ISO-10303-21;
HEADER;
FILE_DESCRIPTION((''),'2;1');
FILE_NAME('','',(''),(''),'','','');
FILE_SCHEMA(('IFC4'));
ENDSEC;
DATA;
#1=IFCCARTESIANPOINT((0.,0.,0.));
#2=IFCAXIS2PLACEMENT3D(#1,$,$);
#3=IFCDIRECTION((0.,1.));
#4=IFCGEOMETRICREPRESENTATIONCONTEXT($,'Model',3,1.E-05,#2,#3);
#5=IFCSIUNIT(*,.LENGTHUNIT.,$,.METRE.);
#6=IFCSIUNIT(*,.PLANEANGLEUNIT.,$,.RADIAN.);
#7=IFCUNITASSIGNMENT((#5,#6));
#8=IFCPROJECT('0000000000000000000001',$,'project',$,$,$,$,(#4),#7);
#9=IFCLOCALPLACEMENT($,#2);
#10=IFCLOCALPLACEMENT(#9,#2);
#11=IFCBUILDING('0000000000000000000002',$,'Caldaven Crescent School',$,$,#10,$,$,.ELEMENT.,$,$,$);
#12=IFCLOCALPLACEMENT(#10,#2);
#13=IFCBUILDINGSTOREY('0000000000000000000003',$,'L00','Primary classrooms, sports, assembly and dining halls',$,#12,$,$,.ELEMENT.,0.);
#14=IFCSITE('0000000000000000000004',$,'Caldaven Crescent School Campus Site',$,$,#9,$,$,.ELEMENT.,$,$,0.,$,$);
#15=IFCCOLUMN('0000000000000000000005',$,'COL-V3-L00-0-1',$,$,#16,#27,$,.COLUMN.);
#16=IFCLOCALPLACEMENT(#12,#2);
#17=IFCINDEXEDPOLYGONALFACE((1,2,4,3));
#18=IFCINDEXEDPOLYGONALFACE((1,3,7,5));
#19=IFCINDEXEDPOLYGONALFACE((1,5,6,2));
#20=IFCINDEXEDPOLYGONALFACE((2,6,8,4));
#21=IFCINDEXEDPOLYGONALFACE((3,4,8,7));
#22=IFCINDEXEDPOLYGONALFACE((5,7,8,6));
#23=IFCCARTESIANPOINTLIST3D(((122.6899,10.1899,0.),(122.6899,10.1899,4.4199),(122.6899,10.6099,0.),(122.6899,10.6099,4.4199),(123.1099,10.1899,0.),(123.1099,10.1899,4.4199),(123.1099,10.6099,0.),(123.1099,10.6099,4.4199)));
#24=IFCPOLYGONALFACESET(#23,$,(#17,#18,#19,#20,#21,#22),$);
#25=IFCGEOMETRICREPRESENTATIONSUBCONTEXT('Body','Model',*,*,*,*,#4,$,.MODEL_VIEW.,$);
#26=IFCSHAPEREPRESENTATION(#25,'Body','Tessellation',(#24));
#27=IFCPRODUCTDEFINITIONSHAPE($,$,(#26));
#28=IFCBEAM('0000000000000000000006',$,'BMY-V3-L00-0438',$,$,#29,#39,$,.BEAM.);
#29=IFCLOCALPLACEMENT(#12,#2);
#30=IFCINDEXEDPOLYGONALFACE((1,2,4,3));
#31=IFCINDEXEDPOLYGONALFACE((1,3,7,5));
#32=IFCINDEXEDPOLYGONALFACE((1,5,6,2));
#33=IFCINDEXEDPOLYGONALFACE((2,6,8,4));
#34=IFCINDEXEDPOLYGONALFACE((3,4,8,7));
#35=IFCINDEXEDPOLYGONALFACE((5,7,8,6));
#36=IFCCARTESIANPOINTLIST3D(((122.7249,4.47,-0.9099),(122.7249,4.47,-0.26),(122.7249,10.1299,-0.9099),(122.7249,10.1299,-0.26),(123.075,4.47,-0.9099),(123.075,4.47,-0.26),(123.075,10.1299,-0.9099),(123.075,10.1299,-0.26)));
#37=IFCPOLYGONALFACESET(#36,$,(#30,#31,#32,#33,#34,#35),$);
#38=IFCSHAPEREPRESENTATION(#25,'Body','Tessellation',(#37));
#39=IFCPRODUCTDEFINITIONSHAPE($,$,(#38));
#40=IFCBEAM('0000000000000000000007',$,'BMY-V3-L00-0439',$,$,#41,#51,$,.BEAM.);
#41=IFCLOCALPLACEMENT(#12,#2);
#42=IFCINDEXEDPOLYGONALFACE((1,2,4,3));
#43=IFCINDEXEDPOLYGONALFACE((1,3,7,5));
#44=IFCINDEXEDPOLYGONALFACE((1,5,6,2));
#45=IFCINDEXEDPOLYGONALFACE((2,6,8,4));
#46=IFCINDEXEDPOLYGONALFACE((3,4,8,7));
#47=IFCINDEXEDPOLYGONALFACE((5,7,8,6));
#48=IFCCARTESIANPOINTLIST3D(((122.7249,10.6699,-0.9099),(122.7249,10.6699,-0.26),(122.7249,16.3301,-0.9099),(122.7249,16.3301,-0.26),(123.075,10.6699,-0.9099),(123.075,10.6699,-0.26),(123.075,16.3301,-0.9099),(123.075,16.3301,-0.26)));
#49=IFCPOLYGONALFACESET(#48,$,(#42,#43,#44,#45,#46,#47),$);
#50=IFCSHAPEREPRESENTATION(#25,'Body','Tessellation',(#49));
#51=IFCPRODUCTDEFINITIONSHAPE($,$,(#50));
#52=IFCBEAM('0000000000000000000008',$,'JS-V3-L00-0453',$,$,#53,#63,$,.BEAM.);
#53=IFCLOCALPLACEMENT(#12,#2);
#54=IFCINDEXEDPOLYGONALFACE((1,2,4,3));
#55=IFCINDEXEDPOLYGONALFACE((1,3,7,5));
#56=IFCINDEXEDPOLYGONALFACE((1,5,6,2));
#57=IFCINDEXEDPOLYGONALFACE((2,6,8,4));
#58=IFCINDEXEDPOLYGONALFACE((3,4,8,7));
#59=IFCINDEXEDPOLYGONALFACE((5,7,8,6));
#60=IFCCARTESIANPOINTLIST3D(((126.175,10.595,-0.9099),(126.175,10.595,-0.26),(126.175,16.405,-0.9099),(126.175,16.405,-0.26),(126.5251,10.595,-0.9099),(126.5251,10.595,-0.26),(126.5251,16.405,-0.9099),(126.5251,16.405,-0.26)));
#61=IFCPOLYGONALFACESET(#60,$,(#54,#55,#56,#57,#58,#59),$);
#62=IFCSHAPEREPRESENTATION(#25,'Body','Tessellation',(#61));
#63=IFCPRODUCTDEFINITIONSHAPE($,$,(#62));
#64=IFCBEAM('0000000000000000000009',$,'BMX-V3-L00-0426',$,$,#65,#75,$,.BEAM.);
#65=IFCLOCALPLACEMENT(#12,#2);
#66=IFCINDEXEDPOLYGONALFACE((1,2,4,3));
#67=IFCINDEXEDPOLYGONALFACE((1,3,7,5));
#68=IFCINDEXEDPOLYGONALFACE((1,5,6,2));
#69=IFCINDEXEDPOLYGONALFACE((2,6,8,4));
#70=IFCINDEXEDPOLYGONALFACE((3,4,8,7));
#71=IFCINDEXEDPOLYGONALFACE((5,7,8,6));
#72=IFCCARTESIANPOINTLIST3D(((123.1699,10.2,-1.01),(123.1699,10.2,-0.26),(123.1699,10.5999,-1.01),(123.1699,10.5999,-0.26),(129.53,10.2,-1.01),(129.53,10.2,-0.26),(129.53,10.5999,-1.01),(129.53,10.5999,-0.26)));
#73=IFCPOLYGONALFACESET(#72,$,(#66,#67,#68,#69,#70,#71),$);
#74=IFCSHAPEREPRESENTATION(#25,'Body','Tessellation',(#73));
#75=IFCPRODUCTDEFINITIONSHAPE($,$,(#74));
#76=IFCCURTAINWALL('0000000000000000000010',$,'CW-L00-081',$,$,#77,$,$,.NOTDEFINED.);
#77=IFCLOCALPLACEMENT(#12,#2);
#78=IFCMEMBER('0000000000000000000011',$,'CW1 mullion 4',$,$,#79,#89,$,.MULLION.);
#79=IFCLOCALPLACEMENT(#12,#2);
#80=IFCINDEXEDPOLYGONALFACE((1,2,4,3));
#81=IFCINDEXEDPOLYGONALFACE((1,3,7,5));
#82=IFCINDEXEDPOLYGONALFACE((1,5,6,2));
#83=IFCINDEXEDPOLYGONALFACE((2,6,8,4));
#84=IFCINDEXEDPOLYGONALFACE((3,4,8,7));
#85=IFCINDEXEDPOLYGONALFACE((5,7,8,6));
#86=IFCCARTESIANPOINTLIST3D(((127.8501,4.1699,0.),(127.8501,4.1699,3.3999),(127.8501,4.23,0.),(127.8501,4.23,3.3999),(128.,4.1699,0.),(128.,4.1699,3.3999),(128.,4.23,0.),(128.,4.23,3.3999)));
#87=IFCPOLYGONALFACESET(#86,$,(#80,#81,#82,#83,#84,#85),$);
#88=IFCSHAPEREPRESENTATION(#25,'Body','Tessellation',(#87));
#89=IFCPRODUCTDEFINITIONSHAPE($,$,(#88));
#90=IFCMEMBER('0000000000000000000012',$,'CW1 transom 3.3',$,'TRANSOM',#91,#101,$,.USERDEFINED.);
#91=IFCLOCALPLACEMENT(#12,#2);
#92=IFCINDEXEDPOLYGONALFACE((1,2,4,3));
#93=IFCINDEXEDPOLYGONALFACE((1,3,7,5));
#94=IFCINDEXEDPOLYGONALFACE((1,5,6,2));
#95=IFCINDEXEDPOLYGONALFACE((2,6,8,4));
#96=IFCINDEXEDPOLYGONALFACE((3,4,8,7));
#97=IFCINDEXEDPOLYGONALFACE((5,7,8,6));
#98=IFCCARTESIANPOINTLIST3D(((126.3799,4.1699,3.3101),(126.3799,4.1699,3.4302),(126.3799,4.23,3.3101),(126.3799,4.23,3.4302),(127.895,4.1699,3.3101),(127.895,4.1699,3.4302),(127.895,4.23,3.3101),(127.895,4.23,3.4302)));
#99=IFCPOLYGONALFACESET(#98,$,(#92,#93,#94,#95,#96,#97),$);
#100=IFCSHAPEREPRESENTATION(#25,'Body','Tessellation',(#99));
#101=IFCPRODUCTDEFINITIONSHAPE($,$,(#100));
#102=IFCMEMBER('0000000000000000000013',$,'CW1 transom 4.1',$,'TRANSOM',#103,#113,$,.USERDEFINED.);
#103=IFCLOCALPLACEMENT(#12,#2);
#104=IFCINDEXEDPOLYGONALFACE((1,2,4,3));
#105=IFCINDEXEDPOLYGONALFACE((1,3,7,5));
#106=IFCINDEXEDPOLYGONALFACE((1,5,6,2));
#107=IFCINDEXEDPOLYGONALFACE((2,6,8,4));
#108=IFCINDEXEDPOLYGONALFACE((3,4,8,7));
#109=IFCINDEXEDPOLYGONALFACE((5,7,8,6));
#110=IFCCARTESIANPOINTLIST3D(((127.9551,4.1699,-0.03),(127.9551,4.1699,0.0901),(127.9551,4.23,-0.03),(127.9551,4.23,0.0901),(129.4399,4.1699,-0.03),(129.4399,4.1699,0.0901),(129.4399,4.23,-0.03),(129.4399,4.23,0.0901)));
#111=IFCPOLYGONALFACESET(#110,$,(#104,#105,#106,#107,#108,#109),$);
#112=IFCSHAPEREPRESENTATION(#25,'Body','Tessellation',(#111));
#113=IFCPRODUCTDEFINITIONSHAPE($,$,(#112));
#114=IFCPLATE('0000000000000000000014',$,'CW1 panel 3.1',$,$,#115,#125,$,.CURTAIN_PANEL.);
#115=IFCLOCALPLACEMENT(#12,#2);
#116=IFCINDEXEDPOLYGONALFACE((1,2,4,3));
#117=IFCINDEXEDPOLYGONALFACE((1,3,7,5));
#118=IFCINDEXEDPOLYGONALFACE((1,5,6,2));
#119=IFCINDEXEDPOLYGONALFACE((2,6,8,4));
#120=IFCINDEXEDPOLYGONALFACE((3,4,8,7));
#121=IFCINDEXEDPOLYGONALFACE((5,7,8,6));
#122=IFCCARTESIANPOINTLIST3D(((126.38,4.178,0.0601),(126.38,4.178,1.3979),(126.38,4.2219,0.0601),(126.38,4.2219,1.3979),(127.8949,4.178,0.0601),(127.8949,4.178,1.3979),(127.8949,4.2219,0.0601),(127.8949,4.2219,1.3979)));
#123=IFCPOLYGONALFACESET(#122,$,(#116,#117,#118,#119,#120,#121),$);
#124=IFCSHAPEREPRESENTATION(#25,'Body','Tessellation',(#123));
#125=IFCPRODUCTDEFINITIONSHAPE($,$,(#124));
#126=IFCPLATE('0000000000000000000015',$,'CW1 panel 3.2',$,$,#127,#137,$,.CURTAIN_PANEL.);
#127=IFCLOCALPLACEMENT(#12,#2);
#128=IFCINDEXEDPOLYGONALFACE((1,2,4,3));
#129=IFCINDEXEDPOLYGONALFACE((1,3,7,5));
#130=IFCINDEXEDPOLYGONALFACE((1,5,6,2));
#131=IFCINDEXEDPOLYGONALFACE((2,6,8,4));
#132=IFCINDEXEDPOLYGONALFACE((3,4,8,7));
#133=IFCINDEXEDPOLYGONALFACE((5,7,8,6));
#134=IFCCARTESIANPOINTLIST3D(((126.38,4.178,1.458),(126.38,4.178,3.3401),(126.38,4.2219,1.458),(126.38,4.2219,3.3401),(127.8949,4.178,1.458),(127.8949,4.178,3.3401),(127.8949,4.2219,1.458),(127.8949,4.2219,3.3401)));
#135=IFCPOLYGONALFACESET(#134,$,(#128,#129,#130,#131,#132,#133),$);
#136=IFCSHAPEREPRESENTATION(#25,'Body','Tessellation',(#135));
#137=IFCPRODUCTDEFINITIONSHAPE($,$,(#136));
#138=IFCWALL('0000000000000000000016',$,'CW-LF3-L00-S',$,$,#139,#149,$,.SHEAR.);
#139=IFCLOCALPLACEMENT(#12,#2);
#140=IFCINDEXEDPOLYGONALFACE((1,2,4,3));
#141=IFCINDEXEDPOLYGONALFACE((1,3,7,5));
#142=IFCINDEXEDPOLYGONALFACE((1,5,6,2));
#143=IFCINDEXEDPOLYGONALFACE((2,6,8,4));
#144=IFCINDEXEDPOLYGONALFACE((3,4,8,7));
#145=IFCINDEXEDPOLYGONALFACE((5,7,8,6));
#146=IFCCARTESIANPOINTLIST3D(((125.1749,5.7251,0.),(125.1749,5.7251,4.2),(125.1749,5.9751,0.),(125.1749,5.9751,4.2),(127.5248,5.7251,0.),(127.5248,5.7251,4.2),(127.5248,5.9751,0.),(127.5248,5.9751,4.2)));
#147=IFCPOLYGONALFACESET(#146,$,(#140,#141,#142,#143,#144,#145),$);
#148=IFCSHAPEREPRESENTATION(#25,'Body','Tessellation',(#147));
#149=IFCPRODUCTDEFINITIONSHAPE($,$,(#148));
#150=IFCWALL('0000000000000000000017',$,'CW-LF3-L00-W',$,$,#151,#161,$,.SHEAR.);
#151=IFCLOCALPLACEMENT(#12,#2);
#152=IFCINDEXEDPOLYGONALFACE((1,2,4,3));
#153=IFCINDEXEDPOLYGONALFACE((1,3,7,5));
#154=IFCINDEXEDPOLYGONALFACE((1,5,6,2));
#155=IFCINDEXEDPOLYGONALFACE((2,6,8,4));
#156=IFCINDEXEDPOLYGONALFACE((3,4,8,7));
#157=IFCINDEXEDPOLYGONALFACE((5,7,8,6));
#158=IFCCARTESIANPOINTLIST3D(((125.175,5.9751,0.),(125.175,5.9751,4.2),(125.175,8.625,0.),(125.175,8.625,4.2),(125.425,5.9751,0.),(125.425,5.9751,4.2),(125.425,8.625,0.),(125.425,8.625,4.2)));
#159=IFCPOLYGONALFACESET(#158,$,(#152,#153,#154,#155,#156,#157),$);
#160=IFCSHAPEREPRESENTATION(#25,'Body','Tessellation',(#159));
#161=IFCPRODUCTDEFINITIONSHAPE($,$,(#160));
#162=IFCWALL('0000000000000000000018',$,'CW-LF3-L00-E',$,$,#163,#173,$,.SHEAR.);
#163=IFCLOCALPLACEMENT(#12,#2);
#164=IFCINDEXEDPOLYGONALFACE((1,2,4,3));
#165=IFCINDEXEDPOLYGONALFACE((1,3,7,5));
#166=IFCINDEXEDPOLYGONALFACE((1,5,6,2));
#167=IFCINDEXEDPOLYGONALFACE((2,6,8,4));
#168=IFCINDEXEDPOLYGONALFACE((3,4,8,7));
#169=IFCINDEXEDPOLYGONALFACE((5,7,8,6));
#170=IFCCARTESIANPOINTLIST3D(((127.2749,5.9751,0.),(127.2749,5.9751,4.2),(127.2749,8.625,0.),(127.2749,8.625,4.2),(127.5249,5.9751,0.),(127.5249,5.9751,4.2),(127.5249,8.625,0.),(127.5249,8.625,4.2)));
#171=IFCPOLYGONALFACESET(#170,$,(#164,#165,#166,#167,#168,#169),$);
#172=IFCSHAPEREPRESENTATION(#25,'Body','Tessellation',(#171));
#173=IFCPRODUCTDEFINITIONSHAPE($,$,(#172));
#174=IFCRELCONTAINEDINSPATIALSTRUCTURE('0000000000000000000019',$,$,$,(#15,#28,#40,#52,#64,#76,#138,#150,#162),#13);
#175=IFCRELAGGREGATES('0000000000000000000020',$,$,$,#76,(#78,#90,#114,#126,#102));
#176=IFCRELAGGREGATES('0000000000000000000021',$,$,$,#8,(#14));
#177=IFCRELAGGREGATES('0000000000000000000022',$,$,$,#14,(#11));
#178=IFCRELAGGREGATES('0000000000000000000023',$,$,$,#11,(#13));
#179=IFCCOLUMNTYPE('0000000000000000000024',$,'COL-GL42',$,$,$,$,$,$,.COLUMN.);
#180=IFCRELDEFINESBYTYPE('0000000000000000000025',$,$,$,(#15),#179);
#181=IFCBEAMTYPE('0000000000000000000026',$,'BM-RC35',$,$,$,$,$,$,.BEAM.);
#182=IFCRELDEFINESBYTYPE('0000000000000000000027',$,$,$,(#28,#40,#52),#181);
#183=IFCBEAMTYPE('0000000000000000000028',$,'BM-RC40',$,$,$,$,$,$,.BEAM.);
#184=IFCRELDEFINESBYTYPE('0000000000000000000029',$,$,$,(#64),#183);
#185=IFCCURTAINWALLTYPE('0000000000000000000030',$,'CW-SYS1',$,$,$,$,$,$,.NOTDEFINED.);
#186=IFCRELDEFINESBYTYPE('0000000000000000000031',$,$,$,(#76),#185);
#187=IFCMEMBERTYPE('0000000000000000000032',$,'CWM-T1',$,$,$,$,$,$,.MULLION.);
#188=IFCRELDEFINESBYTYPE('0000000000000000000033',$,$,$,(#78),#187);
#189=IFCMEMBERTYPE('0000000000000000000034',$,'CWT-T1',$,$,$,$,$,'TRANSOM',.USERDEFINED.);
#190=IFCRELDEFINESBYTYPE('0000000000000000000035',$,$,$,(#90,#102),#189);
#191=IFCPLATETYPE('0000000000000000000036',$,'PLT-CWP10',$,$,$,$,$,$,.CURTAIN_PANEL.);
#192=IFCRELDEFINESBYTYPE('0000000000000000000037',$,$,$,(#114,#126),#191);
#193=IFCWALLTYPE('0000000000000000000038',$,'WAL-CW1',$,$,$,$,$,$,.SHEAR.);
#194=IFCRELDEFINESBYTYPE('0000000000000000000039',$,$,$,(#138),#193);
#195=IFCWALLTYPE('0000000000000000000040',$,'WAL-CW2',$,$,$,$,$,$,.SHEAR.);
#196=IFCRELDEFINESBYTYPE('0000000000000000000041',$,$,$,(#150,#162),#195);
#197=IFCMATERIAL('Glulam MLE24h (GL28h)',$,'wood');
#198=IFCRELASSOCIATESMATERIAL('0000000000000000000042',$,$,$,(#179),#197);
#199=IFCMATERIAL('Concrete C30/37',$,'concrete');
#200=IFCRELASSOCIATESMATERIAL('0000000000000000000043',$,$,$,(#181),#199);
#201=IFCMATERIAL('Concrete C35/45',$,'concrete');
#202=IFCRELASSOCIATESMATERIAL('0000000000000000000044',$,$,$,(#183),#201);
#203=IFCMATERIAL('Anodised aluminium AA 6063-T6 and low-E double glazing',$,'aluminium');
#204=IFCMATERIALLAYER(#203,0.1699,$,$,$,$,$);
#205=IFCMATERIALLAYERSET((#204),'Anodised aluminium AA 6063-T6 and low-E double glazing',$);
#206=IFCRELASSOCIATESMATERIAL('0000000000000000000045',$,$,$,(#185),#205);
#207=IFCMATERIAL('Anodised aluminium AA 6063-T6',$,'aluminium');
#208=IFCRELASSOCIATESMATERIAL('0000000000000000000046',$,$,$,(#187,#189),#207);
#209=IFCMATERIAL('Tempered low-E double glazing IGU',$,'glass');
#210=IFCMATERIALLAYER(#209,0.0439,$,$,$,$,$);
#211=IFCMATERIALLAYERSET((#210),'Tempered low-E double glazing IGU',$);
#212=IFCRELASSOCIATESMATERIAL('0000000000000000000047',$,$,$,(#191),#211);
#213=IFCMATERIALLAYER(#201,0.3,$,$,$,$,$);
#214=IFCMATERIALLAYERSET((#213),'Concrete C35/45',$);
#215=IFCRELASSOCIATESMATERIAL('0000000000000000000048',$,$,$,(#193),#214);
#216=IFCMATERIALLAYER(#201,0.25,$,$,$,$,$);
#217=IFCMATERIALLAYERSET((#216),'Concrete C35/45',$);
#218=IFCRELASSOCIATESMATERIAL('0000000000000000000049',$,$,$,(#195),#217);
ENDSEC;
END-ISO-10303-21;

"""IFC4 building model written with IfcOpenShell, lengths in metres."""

from ifc_helpers import new_model, si_unit, direction, frame, frame_2d, origin, origin_2d, place, context, subcontext, project, spatial, rectangle, extrude, material, layer, layer_set, material_profile, profile_set, type_object, element, aggregate, save


model = new_model("IFC4")

# Units and contexts
model_context = context("Model", 3, precision=1e-05, world=origin(), true_north=direction((0.0, 1.0)))
body_context = subcontext(model_context, "Body", "Model", "MODEL_VIEW")
ifc_project = project(units=[si_unit("LENGTHUNIT", "METRE"), si_unit("PLANEANGLEUNIT", "RADIAN")], contexts=[model_context])

# Site, building, storey
site_placement = place(None, origin())
site = spatial("IfcSite", under=ifc_project, at=site_placement, Name="Caldaven Crescent School Campus Site", CompositionType="ELEMENT", RefElevation=0.0)
building_placement = place(site_placement, origin())
building = spatial("IfcBuilding", under=site, at=building_placement, Name="Caldaven Crescent School", CompositionType="ELEMENT")
storey_placement = place(building_placement, origin())
storey = spatial("IfcBuildingStorey", under=building, at=storey_placement, Name="L00", Description="Primary classrooms, sports, assembly and dining halls", CompositionType="ELEMENT", Elevation=0.0)

# Column
ifc_material_1 = material(Name="Glulam MLE24h (GL28h)", Category="wood")
ifc_material_profile_1 = material_profile(ifc_material_1, rectangle(XDim=0.4199, YDim=0.4199, at=origin_2d()), Name="MLE 420x420")
ifc_profile_set_1 = profile_set([ifc_material_profile_1], Name="Glulam MLE24h (GL28h)")
column_type = type_object("IfcColumnType", Name="COL-GL42", PredefinedType="COLUMN", material=ifc_profile_set_1)
column_placement = place(storey_placement, frame((122.8999, 10.3999, 0.0), z_axis=(0.0, 0.0, 1.0), x_axis=(1.0, 0.0, 0.0)))
element("IfcColumn", 1, at=column_placement, inside=storey, type_object=column_type, Name="COL-V3-L00-0-1", PredefinedType="COLUMN", context=body_context, shape_type="SweptSolid", body=[
    extrude(rectangle(XDim=0.4199, YDim=0.4199, at=origin_2d()), origin(), (0.0, 0.0, 1.0), 4.4199),
])

# Beams
ifc_material_2 = material(Name="Concrete C30/37", Category="concrete")
ifc_material_profile_2 = material_profile(ifc_material_2, rectangle(XDim=0.3501, YDim=0.6499, at=origin_2d()), Name="RC 350x650")
ifc_profile_set_2 = profile_set([ifc_material_profile_2], Name="Concrete C30/37")
beam_type_1 = type_object("IfcBeamType", Name="BM-RC35", PredefinedType="BEAM", material=ifc_profile_set_2)
beam_1_placement = place(storey_placement, frame((122.8999, 4.47, -0.585), z_axis=(0.0, 1.0, 0.0), x_axis=(-1.0, 0.0, 0.0)))
element("IfcBeam", 2, at=beam_1_placement, inside=storey, type_object=beam_type_1, Name="BMY-V3-L00-0438", PredefinedType="BEAM", context=body_context, shape_type="SweptSolid", body=[
    extrude(rectangle(XDim=0.3501, YDim=0.6499, at=origin_2d()), origin(), (0.0, 0.0, 1.0), 5.6599),
])
beam_2_placement = place(storey_placement, frame((122.8999, 10.6699, -0.585), z_axis=(0.0, 1.0, 0.0), x_axis=(-1.0, 0.0, 0.0)))
element("IfcBeam", 3, at=beam_2_placement, inside=storey, type_object=beam_type_1, Name="BMY-V3-L00-0439", PredefinedType="BEAM", context=body_context, shape_type="SweptSolid", body=[
    extrude(rectangle(XDim=0.3501, YDim=0.6499, at=origin_2d()), origin(), (0.0, 0.0, 1.0), 5.6602),
])
beam_3_placement = place(storey_placement, frame((126.3501, 10.595, -0.585), z_axis=(0.0, 1.0, 0.0), x_axis=(-1.0, 0.0, 0.0)))
element("IfcBeam", 4, at=beam_3_placement, inside=storey, type_object=beam_type_1, Name="JS-V3-L00-0453", PredefinedType="BEAM", context=body_context, shape_type="SweptSolid", body=[
    extrude(rectangle(XDim=0.3501, YDim=0.6499, at=origin_2d()), origin(), (0.0, 0.0, 1.0), 5.8101),
])
ifc_material_3 = material(Name="Concrete C35/45", Category="concrete")
ifc_material_profile_3 = material_profile(ifc_material_3, rectangle(XDim=0.3999, YDim=0.75, at=origin_2d()), Name="RC 400x750")
ifc_profile_set_3 = profile_set([ifc_material_profile_3], Name="Concrete C35/45")
beam_type_2 = type_object("IfcBeamType", Name="BM-RC40", PredefinedType="BEAM", material=ifc_profile_set_3)
beam_4_placement = place(storey_placement, frame((123.1699, 10.3999, -0.635), z_axis=(1.0, 0.0, 0.0), x_axis=(0.0, 1.0, 0.0)))
element("IfcBeam", 5, at=beam_4_placement, inside=storey, type_object=beam_type_2, Name="BMX-V3-L00-0426", PredefinedType="BEAM", context=body_context, shape_type="SweptSolid", body=[
    extrude(rectangle(XDim=0.3999, YDim=0.75, at=origin_2d()), origin(), (0.0, 0.0, 1.0), 6.3601),
])

# Curtain wall, members, plates
ifc_material_4 = material(Name="Anodised aluminium AA 6063-T6 and low-E double glazing", Category="aluminium")
ifc_layer_1 = layer(ifc_material_4, 0.1699)
ifc_layer_set_1 = layer_set([ifc_layer_1], Name="Anodised aluminium AA 6063-T6 and low-E double glazing")
curtain_wall_type = type_object("IfcCurtainWallType", Name="CW-SYS1", PredefinedType="NOTDEFINED", material=ifc_layer_set_1)
curtain_wall_placement = place(storey_placement, origin())
curtain_wall = element("IfcCurtainWall", 6, at=curtain_wall_placement, inside=storey, type_object=curtain_wall_type, Name="CW-L00-081", PredefinedType="NOTDEFINED")
ifc_material_5 = material(Name="Anodised aluminium AA 6063-T6", Category="aluminium")
ifc_material_profile_4 = material_profile(ifc_material_5, rectangle(XDim=0.0601, YDim=0.1499, at=origin_2d()), Name="CWM 60x150")
ifc_profile_set_4 = profile_set([ifc_material_profile_4], Name="Anodised aluminium AA 6063-T6")
member_type_1 = type_object("IfcMemberType", Name="CWM-T1", PredefinedType="MULLION", material=ifc_profile_set_4)
member_1_placement = place(storey_placement, frame((127.925, 4.2, 0.0), z_axis=(0.0, 0.0, 1.0), x_axis=(0.0, 1.0, 0.0)))
member_1 = element("IfcMember", 7, at=member_1_placement, type_object=member_type_1, Name="CW1 mullion 4", PredefinedType="MULLION", context=body_context, shape_type="SweptSolid", body=[
    extrude(rectangle(XDim=0.0601, YDim=0.1499, at=origin_2d()), origin(), (0.0, 0.0, 1.0), 3.3999),
])
ifc_material_profile_5 = material_profile(ifc_material_5, rectangle(XDim=0.0601, YDim=0.1201, at=origin_2d()), Name="CWT 60x120")
ifc_profile_set_5 = profile_set([ifc_material_profile_5], Name="Anodised aluminium AA 6063-T6")
member_type_2 = type_object("IfcMemberType", Name="CWT-T1", ElementType="TRANSOM", PredefinedType="USERDEFINED", material=ifc_profile_set_5)
member_2_placement = place(storey_placement, frame((126.3799, 4.2, 3.3701), z_axis=(1.0, 0.0, 0.0), x_axis=(0.0, 1.0, 0.0)))
member_2 = element("IfcMember", 8, at=member_2_placement, type_object=member_type_2, Name="CW1 transom 3.3", ObjectType="TRANSOM", PredefinedType="USERDEFINED", context=body_context, shape_type="SweptSolid", body=[
    extrude(rectangle(XDim=0.0601, YDim=0.1201, at=origin_2d()), origin(), (0.0, 0.0, 1.0), 1.5151),
])
member_3_placement = place(storey_placement, frame((127.9551, 4.2, 0.03), z_axis=(1.0, 0.0, 0.0), x_axis=(0.0, 1.0, 0.0)))
member_3 = element("IfcMember", 9, at=member_3_placement, type_object=member_type_2, Name="CW1 transom 4.1", ObjectType="TRANSOM", PredefinedType="USERDEFINED", context=body_context, shape_type="SweptSolid", body=[
    extrude(rectangle(XDim=0.0601, YDim=0.1201, at=origin_2d()), origin(), (0.0, 0.0, 1.0), 1.4849),
])
ifc_material_6 = material(Name="Tempered low-E double glazing IGU", Category="glass")
ifc_layer_2 = layer(ifc_material_6, 0.0439)
ifc_layer_set_2 = layer_set([ifc_layer_2], Name="Tempered low-E double glazing IGU")
plate_type = type_object("IfcPlateType", Name="PLT-CWP10", PredefinedType="CURTAIN_PANEL", material=ifc_layer_set_2)
plate_1_placement = place(storey_placement, frame((127.1375, 4.2, 0.0601), z_axis=(0.0, 0.0, 1.0), x_axis=(1.0, 0.0, 0.0)))
plate_1 = element("IfcPlate", 10, at=plate_1_placement, type_object=plate_type, Name="CW1 panel 3.1", PredefinedType="CURTAIN_PANEL", context=body_context, shape_type="SweptSolid", body=[
    extrude(rectangle(XDim=1.5149, YDim=0.0439, at=origin_2d()), origin(), (0.0, 0.0, 1.0), 1.3379),
])
plate_2_placement = place(storey_placement, frame((127.1375, 4.2, 1.458), z_axis=(0.0, 0.0, 1.0), x_axis=(1.0, 0.0, 0.0)))
plate_2 = element("IfcPlate", 11, at=plate_2_placement, type_object=plate_type, Name="CW1 panel 3.2", PredefinedType="CURTAIN_PANEL", context=body_context, shape_type="SweptSolid", body=[
    extrude(rectangle(XDim=1.5149, YDim=0.0439, at=origin_2d()), origin(), (0.0, 0.0, 1.0), 1.8821),
])
aggregate(curtain_wall, [member_1, member_2, plate_1, plate_2, member_3])

# Shared definitions
ifc_layer_3 = layer(ifc_material_3, 0.3)
ifc_layer_set_3 = layer_set([ifc_layer_3], Name="Concrete C35/45")
wall_type_1 = type_object("IfcWallType", Name="WAL-CW1", PredefinedType="SHEAR", material=ifc_layer_set_3)

# Walls
wall_1_placement = place(storey_placement, frame((125.175, 5.8501, 0.0), z_axis=(0.0, 0.0, 1.0), x_axis=(1.0, 0.0, 0.0)))
element("IfcWall", 12, at=wall_1_placement, inside=storey, type_object=wall_type_1, Name="CW-LF3-L00-S", PredefinedType="SHEAR", context=body_context, shape_type="SweptSolid", body=[
    extrude(rectangle(XDim=2.3499, YDim=0.25, at=frame_2d((1.1748, 0.0))), origin(), (0.0, 0.0, 1.0), 4.2),
])
ifc_layer_4 = layer(ifc_material_3, 0.25)
ifc_layer_set_4 = layer_set([ifc_layer_4], Name="Concrete C35/45")
wall_type_2 = type_object("IfcWallType", Name="WAL-CW2", PredefinedType="SHEAR", material=ifc_layer_set_4)
for number, where, z_axis, x_axis, name in (
    (13, (125.3, 5.9751, 0.0), (0.0, 0.0, 1.0), (0.0, 1.0, 0.0), "CW-LF3-L00-W"),
    (14, (127.3999, 5.9751, 0.0), (0.0, 0.0, 1.0), (0.0, 1.0, 0.0), "CW-LF3-L00-E"),
):
    element("IfcWall", number, at=place(storey_placement, frame(where, z_axis=z_axis, x_axis=x_axis)), inside=storey, type_object=wall_type_2, Name=name, PredefinedType="SHEAR", context=body_context, shape_type="SweptSolid", body=[
        extrude(rectangle(XDim=2.6499, YDim=0.25, at=frame_2d((1.325, 0.0))), origin(), (0.0, 0.0, 1.0), 4.2),
    ])

save(model, "model.ifc")
